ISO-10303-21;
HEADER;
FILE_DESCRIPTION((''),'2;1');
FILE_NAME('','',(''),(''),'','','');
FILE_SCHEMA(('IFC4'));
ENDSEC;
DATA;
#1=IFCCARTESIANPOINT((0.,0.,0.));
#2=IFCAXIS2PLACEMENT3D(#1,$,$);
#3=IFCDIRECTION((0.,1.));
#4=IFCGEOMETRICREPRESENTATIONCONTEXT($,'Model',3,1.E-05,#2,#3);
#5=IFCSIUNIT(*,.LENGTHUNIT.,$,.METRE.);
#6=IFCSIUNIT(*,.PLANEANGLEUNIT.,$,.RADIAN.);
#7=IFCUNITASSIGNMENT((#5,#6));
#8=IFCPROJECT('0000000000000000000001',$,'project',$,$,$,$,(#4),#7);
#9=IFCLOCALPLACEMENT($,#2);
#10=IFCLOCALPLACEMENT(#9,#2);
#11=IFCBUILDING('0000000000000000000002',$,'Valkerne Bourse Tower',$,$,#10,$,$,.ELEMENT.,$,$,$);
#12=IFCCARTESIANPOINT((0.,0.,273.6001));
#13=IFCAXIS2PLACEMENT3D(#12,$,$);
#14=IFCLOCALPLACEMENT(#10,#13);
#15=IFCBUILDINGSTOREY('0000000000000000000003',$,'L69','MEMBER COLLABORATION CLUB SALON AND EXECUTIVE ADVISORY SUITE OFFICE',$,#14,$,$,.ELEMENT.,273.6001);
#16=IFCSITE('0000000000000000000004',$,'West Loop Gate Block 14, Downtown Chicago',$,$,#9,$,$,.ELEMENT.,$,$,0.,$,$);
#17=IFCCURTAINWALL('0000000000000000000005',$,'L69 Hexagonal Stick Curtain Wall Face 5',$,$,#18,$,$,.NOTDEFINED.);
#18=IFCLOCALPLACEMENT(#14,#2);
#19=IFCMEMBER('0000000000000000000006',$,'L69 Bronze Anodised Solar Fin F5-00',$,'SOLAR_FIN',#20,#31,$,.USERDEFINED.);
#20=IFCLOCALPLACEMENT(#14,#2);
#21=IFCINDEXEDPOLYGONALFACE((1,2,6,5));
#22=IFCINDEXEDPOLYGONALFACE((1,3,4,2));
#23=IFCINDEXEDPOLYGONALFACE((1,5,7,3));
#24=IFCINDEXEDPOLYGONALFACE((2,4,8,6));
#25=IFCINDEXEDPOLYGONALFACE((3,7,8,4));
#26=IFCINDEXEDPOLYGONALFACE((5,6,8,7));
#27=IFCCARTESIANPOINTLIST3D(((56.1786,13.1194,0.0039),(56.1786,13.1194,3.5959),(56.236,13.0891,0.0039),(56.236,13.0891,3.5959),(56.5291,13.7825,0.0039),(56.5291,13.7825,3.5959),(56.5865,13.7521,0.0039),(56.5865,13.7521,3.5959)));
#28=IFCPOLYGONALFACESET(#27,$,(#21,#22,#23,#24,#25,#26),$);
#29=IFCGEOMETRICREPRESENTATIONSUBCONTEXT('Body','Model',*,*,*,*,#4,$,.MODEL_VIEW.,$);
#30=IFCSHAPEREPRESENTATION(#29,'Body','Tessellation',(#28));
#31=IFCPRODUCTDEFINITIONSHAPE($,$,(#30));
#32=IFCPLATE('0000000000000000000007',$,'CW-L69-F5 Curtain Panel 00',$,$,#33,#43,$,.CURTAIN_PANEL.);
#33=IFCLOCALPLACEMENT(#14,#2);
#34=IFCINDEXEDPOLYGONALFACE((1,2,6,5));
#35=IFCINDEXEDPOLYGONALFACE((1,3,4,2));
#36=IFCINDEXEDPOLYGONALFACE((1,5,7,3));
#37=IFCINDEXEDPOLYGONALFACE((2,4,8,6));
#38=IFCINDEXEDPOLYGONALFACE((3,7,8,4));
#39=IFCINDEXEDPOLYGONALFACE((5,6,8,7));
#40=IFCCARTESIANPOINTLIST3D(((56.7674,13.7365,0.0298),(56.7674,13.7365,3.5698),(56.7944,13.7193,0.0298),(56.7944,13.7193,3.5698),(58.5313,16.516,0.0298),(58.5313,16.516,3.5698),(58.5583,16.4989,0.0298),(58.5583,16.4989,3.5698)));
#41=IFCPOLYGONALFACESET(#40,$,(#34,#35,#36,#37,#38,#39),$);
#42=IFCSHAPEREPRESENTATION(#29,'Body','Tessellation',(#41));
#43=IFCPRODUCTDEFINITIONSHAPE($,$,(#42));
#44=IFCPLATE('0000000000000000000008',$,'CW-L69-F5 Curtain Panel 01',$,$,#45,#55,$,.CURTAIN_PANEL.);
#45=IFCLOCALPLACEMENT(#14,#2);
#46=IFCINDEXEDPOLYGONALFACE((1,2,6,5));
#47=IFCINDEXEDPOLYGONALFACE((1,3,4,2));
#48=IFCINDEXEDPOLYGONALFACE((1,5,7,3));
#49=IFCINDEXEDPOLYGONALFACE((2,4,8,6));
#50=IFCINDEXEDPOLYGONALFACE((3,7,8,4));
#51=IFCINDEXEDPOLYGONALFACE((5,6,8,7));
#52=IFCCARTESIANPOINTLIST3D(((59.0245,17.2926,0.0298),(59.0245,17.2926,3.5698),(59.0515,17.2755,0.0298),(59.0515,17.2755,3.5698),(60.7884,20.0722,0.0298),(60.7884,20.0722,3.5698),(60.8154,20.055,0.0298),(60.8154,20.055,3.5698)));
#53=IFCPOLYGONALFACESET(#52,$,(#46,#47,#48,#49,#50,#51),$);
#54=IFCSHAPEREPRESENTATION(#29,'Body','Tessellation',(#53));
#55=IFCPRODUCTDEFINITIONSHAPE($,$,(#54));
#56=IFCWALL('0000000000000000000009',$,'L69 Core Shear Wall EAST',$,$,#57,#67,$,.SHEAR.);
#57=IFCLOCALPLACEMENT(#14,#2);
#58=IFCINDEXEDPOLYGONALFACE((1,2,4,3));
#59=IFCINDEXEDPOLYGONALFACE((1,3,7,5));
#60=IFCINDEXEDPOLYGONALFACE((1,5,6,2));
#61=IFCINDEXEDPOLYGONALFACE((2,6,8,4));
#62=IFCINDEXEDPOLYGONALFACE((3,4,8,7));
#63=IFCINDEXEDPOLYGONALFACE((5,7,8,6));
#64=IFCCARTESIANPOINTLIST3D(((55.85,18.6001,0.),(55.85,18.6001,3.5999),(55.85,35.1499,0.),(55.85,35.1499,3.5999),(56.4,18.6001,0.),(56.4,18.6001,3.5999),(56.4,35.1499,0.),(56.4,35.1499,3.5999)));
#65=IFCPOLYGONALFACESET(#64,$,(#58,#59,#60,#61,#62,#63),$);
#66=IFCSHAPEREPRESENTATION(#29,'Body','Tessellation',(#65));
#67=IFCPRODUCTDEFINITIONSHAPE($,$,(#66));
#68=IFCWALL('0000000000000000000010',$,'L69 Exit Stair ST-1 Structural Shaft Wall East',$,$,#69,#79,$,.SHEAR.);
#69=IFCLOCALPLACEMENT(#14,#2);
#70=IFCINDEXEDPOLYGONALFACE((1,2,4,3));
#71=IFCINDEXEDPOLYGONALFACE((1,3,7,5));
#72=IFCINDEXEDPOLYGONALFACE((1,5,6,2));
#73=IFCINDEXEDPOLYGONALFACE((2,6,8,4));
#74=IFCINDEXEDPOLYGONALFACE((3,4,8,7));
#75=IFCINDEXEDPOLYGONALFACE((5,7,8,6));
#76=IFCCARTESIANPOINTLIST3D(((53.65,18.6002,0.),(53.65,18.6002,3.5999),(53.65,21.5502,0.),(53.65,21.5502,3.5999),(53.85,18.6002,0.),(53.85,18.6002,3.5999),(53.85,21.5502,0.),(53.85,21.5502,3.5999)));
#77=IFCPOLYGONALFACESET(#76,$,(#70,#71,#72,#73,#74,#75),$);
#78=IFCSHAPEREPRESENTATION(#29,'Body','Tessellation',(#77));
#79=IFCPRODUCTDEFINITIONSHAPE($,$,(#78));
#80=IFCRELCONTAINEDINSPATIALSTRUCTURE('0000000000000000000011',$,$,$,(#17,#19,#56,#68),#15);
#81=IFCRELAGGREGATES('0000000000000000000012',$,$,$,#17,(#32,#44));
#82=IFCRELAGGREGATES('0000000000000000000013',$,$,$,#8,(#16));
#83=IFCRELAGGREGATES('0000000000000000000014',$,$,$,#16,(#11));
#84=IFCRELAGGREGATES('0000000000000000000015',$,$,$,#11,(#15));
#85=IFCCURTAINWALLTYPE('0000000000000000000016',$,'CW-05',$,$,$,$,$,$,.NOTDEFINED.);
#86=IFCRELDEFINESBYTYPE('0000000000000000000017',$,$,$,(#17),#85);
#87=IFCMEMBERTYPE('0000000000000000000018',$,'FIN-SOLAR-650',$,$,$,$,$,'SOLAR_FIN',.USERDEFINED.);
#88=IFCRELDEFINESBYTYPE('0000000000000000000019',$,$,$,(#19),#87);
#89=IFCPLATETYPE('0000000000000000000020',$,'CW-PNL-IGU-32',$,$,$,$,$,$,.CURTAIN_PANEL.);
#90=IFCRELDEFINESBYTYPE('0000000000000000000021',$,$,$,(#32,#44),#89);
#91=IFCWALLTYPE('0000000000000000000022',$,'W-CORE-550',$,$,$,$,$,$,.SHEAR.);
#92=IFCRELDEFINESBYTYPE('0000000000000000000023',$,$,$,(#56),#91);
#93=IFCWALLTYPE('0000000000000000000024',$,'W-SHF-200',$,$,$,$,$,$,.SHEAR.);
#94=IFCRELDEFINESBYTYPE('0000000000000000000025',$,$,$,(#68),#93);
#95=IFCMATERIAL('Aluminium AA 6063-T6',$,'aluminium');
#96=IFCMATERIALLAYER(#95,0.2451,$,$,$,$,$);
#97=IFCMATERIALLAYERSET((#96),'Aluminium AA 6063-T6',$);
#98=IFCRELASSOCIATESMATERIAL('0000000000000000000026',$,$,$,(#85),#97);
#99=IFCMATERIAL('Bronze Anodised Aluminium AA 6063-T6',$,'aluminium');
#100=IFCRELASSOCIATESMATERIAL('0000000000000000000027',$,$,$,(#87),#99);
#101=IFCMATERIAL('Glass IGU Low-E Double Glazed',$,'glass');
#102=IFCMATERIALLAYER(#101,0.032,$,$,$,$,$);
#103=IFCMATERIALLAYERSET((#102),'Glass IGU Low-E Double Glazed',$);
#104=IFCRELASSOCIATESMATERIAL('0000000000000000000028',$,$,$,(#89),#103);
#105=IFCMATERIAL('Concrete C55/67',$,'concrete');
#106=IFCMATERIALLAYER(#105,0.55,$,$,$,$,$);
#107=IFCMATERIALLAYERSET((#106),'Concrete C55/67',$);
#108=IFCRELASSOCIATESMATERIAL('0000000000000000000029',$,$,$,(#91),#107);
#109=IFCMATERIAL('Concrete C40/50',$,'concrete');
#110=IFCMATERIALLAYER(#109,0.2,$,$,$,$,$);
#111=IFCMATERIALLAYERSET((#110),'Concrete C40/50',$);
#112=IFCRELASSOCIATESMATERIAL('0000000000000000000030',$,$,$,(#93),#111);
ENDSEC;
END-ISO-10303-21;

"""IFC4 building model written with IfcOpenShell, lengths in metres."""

from ifc_helpers import new_model, si_unit, direction, frame, frame_2d, origin, origin_2d, place, context, subcontext, project, spatial, rectangle, extrude, material, layer, layer_set, material_profile, profile_set, type_object, element, aggregate, save


model = new_model("IFC4")

# Units and contexts
model_context = context("Model", 3, precision=1e-05, world=origin(), true_north=direction((0.0, 1.0)))
body_context = subcontext(model_context, "Body", "Model", "MODEL_VIEW")
ifc_project = project(units=[si_unit("LENGTHUNIT", "METRE"), si_unit("PLANEANGLEUNIT", "RADIAN")], contexts=[model_context])

# Site, building, storey
site_placement = place(None, origin())
site = spatial("IfcSite", under=ifc_project, at=site_placement, Name="West Loop Gate Block 14, Downtown Chicago", CompositionType="ELEMENT", RefElevation=0.0)
building_placement = place(site_placement, origin())
building = spatial("IfcBuilding", under=site, at=building_placement, Name="Valkerne Bourse Tower", CompositionType="ELEMENT")
storey_placement = place(building_placement, frame((0.0, 0.0, 273.6001)))
storey = spatial("IfcBuildingStorey", under=building, at=storey_placement, Name="L69", Description="MEMBER COLLABORATION CLUB SALON AND EXECUTIVE ADVISORY SUITE OFFICE", CompositionType="ELEMENT", Elevation=273.6001)

# Curtain wall
ifc_material_1 = material(Name="Aluminium AA 6063-T6", Category="aluminium")
ifc_layer_1 = layer(ifc_material_1, 0.2451)
ifc_layer_set_1 = layer_set([ifc_layer_1], Name="Aluminium AA 6063-T6")
curtain_wall_type = type_object("IfcCurtainWallType", Name="CW-05", PredefinedType="NOTDEFINED", material=ifc_layer_set_1)
curtain_wall_placement = place(storey_placement, origin())
curtain_wall = element("IfcCurtainWall", 1, at=curtain_wall_placement, inside=storey, type_object=curtain_wall_type, Name="L69 Hexagonal Stick Curtain Wall Face 5", PredefinedType="NOTDEFINED")

# Member
ifc_material_2 = material(Name="Bronze Anodised Aluminium AA 6063-T6", Category="aluminium")
ifc_material_profile_1 = material_profile(ifc_material_2, rectangle(XDim=0.0649, YDim=0.75, at=origin_2d()), Name="FIN-65X750")
ifc_profile_set_1 = profile_set([ifc_material_profile_1], Name="Bronze Anodised Aluminium AA 6063-T6")
member_type_1 = type_object("IfcMemberType", Name="FIN-SOLAR-650", ElementType="SOLAR_FIN", PredefinedType="USERDEFINED", material=ifc_profile_set_1)
member_1_placement = place(storey_placement, frame((56.3826, 13.4358, 0.0039), z_axis=(0.0, 0.0, 1.0), x_axis=(0.884054, -0.467384, 0.0)))
element("IfcMember", 2, at=member_1_placement, inside=storey, type_object=member_type_1, Name="L69 Bronze Anodised Solar Fin F5-00", ObjectType="SOLAR_FIN", PredefinedType="USERDEFINED", context=body_context, shape_type="SweptSolid", body=[
    extrude(rectangle(XDim=0.0649, YDim=0.75, at=origin_2d()), origin(), (0.0, 0.0, 1.0), 3.592),
])

# Plates
ifc_material_3 = material(Name="Glass IGU Low-E Double Glazed", Category="glass")
ifc_layer_2 = layer(ifc_material_3, 0.032)
ifc_layer_set_2 = layer_set([ifc_layer_2], Name="Glass IGU Low-E Double Glazed")
plate_type = type_object("IfcPlateType", Name="CW-PNL-IGU-32", PredefinedType="CURTAIN_PANEL", material=ifc_layer_set_2)
plate_1_placement = place(storey_placement, frame((57.6628, 15.1177, 0.0298), z_axis=(0.0, 0.0, 1.0), x_axis=(0.535817, 0.844334, 0.0)))
plate_1 = element("IfcPlate", 3, at=plate_1_placement, type_object=plate_type, Name="CW-L69-F5 Curtain Panel 00", PredefinedType="CURTAIN_PANEL", context=body_context, shape_type="SweptSolid", body=[
    extrude(rectangle(XDim=3.292, YDim=0.032, at=origin_2d()), origin(), (0.0, 0.0, 1.0), 3.54),
])
plate_2_placement = place(storey_placement, frame((59.9199, 18.6738, 0.0298), z_axis=(0.0, 0.0, 1.0), x_axis=(0.535827, 0.844328, 0.0)))
plate_2 = element("IfcPlate", 4, at=plate_2_placement, type_object=plate_type, Name="CW-L69-F5 Curtain Panel 01", PredefinedType="CURTAIN_PANEL", context=body_context, shape_type="SweptSolid", body=[
    extrude(rectangle(XDim=3.292, YDim=0.032, at=origin_2d()), origin(), (0.0, 0.0, 1.0), 3.54),
])
aggregate(curtain_wall, [plate_1, plate_2])

# Walls
ifc_material_4 = material(Name="Concrete C55/67", Category="concrete")
ifc_layer_3 = layer(ifc_material_4, 0.55)
ifc_layer_set_3 = layer_set([ifc_layer_3], Name="Concrete C55/67")
wall_type_1 = type_object("IfcWallType", Name="W-CORE-550", PredefinedType="SHEAR", material=ifc_layer_set_3)
wall_1_placement = place(storey_placement, frame((56.125, 18.6001, 0.0), z_axis=(0.0, 0.0, 1.0), x_axis=(0.0, 1.0, 0.0)))
element("IfcWall", 5, at=wall_1_placement, inside=storey, type_object=wall_type_1, Name="L69 Core Shear Wall EAST", PredefinedType="SHEAR", context=body_context, shape_type="SweptSolid", body=[
    extrude(rectangle(XDim=16.5498, YDim=0.55, at=frame_2d((8.2749, 0.0))), origin(), (0.0, 0.0, 1.0), 3.5999),
])
ifc_material_5 = material(Name="Concrete C40/50", Category="concrete")
ifc_layer_4 = layer(ifc_material_5, 0.2)
ifc_layer_set_4 = layer_set([ifc_layer_4], Name="Concrete C40/50")
wall_type_2 = type_object("IfcWallType", Name="W-SHF-200", PredefinedType="SHEAR", material=ifc_layer_set_4)
wall_2_placement = place(storey_placement, frame((53.75, 18.6001, 0.0), z_axis=(0.0, 0.0, 1.0), x_axis=(0.0, 1.0, 0.0)))
element("IfcWall", 6, at=wall_2_placement, inside=storey, type_object=wall_type_2, Name="L69 Exit Stair ST-1 Structural Shaft Wall East", PredefinedType="SHEAR", context=body_context, shape_type="SweptSolid", body=[
    extrude(rectangle(XDim=2.95, YDim=0.2, at=frame_2d((1.4751, 0.0))), origin(), (0.0, 0.0, 1.0), 3.5999),
])

save(model, "model.ifc")
